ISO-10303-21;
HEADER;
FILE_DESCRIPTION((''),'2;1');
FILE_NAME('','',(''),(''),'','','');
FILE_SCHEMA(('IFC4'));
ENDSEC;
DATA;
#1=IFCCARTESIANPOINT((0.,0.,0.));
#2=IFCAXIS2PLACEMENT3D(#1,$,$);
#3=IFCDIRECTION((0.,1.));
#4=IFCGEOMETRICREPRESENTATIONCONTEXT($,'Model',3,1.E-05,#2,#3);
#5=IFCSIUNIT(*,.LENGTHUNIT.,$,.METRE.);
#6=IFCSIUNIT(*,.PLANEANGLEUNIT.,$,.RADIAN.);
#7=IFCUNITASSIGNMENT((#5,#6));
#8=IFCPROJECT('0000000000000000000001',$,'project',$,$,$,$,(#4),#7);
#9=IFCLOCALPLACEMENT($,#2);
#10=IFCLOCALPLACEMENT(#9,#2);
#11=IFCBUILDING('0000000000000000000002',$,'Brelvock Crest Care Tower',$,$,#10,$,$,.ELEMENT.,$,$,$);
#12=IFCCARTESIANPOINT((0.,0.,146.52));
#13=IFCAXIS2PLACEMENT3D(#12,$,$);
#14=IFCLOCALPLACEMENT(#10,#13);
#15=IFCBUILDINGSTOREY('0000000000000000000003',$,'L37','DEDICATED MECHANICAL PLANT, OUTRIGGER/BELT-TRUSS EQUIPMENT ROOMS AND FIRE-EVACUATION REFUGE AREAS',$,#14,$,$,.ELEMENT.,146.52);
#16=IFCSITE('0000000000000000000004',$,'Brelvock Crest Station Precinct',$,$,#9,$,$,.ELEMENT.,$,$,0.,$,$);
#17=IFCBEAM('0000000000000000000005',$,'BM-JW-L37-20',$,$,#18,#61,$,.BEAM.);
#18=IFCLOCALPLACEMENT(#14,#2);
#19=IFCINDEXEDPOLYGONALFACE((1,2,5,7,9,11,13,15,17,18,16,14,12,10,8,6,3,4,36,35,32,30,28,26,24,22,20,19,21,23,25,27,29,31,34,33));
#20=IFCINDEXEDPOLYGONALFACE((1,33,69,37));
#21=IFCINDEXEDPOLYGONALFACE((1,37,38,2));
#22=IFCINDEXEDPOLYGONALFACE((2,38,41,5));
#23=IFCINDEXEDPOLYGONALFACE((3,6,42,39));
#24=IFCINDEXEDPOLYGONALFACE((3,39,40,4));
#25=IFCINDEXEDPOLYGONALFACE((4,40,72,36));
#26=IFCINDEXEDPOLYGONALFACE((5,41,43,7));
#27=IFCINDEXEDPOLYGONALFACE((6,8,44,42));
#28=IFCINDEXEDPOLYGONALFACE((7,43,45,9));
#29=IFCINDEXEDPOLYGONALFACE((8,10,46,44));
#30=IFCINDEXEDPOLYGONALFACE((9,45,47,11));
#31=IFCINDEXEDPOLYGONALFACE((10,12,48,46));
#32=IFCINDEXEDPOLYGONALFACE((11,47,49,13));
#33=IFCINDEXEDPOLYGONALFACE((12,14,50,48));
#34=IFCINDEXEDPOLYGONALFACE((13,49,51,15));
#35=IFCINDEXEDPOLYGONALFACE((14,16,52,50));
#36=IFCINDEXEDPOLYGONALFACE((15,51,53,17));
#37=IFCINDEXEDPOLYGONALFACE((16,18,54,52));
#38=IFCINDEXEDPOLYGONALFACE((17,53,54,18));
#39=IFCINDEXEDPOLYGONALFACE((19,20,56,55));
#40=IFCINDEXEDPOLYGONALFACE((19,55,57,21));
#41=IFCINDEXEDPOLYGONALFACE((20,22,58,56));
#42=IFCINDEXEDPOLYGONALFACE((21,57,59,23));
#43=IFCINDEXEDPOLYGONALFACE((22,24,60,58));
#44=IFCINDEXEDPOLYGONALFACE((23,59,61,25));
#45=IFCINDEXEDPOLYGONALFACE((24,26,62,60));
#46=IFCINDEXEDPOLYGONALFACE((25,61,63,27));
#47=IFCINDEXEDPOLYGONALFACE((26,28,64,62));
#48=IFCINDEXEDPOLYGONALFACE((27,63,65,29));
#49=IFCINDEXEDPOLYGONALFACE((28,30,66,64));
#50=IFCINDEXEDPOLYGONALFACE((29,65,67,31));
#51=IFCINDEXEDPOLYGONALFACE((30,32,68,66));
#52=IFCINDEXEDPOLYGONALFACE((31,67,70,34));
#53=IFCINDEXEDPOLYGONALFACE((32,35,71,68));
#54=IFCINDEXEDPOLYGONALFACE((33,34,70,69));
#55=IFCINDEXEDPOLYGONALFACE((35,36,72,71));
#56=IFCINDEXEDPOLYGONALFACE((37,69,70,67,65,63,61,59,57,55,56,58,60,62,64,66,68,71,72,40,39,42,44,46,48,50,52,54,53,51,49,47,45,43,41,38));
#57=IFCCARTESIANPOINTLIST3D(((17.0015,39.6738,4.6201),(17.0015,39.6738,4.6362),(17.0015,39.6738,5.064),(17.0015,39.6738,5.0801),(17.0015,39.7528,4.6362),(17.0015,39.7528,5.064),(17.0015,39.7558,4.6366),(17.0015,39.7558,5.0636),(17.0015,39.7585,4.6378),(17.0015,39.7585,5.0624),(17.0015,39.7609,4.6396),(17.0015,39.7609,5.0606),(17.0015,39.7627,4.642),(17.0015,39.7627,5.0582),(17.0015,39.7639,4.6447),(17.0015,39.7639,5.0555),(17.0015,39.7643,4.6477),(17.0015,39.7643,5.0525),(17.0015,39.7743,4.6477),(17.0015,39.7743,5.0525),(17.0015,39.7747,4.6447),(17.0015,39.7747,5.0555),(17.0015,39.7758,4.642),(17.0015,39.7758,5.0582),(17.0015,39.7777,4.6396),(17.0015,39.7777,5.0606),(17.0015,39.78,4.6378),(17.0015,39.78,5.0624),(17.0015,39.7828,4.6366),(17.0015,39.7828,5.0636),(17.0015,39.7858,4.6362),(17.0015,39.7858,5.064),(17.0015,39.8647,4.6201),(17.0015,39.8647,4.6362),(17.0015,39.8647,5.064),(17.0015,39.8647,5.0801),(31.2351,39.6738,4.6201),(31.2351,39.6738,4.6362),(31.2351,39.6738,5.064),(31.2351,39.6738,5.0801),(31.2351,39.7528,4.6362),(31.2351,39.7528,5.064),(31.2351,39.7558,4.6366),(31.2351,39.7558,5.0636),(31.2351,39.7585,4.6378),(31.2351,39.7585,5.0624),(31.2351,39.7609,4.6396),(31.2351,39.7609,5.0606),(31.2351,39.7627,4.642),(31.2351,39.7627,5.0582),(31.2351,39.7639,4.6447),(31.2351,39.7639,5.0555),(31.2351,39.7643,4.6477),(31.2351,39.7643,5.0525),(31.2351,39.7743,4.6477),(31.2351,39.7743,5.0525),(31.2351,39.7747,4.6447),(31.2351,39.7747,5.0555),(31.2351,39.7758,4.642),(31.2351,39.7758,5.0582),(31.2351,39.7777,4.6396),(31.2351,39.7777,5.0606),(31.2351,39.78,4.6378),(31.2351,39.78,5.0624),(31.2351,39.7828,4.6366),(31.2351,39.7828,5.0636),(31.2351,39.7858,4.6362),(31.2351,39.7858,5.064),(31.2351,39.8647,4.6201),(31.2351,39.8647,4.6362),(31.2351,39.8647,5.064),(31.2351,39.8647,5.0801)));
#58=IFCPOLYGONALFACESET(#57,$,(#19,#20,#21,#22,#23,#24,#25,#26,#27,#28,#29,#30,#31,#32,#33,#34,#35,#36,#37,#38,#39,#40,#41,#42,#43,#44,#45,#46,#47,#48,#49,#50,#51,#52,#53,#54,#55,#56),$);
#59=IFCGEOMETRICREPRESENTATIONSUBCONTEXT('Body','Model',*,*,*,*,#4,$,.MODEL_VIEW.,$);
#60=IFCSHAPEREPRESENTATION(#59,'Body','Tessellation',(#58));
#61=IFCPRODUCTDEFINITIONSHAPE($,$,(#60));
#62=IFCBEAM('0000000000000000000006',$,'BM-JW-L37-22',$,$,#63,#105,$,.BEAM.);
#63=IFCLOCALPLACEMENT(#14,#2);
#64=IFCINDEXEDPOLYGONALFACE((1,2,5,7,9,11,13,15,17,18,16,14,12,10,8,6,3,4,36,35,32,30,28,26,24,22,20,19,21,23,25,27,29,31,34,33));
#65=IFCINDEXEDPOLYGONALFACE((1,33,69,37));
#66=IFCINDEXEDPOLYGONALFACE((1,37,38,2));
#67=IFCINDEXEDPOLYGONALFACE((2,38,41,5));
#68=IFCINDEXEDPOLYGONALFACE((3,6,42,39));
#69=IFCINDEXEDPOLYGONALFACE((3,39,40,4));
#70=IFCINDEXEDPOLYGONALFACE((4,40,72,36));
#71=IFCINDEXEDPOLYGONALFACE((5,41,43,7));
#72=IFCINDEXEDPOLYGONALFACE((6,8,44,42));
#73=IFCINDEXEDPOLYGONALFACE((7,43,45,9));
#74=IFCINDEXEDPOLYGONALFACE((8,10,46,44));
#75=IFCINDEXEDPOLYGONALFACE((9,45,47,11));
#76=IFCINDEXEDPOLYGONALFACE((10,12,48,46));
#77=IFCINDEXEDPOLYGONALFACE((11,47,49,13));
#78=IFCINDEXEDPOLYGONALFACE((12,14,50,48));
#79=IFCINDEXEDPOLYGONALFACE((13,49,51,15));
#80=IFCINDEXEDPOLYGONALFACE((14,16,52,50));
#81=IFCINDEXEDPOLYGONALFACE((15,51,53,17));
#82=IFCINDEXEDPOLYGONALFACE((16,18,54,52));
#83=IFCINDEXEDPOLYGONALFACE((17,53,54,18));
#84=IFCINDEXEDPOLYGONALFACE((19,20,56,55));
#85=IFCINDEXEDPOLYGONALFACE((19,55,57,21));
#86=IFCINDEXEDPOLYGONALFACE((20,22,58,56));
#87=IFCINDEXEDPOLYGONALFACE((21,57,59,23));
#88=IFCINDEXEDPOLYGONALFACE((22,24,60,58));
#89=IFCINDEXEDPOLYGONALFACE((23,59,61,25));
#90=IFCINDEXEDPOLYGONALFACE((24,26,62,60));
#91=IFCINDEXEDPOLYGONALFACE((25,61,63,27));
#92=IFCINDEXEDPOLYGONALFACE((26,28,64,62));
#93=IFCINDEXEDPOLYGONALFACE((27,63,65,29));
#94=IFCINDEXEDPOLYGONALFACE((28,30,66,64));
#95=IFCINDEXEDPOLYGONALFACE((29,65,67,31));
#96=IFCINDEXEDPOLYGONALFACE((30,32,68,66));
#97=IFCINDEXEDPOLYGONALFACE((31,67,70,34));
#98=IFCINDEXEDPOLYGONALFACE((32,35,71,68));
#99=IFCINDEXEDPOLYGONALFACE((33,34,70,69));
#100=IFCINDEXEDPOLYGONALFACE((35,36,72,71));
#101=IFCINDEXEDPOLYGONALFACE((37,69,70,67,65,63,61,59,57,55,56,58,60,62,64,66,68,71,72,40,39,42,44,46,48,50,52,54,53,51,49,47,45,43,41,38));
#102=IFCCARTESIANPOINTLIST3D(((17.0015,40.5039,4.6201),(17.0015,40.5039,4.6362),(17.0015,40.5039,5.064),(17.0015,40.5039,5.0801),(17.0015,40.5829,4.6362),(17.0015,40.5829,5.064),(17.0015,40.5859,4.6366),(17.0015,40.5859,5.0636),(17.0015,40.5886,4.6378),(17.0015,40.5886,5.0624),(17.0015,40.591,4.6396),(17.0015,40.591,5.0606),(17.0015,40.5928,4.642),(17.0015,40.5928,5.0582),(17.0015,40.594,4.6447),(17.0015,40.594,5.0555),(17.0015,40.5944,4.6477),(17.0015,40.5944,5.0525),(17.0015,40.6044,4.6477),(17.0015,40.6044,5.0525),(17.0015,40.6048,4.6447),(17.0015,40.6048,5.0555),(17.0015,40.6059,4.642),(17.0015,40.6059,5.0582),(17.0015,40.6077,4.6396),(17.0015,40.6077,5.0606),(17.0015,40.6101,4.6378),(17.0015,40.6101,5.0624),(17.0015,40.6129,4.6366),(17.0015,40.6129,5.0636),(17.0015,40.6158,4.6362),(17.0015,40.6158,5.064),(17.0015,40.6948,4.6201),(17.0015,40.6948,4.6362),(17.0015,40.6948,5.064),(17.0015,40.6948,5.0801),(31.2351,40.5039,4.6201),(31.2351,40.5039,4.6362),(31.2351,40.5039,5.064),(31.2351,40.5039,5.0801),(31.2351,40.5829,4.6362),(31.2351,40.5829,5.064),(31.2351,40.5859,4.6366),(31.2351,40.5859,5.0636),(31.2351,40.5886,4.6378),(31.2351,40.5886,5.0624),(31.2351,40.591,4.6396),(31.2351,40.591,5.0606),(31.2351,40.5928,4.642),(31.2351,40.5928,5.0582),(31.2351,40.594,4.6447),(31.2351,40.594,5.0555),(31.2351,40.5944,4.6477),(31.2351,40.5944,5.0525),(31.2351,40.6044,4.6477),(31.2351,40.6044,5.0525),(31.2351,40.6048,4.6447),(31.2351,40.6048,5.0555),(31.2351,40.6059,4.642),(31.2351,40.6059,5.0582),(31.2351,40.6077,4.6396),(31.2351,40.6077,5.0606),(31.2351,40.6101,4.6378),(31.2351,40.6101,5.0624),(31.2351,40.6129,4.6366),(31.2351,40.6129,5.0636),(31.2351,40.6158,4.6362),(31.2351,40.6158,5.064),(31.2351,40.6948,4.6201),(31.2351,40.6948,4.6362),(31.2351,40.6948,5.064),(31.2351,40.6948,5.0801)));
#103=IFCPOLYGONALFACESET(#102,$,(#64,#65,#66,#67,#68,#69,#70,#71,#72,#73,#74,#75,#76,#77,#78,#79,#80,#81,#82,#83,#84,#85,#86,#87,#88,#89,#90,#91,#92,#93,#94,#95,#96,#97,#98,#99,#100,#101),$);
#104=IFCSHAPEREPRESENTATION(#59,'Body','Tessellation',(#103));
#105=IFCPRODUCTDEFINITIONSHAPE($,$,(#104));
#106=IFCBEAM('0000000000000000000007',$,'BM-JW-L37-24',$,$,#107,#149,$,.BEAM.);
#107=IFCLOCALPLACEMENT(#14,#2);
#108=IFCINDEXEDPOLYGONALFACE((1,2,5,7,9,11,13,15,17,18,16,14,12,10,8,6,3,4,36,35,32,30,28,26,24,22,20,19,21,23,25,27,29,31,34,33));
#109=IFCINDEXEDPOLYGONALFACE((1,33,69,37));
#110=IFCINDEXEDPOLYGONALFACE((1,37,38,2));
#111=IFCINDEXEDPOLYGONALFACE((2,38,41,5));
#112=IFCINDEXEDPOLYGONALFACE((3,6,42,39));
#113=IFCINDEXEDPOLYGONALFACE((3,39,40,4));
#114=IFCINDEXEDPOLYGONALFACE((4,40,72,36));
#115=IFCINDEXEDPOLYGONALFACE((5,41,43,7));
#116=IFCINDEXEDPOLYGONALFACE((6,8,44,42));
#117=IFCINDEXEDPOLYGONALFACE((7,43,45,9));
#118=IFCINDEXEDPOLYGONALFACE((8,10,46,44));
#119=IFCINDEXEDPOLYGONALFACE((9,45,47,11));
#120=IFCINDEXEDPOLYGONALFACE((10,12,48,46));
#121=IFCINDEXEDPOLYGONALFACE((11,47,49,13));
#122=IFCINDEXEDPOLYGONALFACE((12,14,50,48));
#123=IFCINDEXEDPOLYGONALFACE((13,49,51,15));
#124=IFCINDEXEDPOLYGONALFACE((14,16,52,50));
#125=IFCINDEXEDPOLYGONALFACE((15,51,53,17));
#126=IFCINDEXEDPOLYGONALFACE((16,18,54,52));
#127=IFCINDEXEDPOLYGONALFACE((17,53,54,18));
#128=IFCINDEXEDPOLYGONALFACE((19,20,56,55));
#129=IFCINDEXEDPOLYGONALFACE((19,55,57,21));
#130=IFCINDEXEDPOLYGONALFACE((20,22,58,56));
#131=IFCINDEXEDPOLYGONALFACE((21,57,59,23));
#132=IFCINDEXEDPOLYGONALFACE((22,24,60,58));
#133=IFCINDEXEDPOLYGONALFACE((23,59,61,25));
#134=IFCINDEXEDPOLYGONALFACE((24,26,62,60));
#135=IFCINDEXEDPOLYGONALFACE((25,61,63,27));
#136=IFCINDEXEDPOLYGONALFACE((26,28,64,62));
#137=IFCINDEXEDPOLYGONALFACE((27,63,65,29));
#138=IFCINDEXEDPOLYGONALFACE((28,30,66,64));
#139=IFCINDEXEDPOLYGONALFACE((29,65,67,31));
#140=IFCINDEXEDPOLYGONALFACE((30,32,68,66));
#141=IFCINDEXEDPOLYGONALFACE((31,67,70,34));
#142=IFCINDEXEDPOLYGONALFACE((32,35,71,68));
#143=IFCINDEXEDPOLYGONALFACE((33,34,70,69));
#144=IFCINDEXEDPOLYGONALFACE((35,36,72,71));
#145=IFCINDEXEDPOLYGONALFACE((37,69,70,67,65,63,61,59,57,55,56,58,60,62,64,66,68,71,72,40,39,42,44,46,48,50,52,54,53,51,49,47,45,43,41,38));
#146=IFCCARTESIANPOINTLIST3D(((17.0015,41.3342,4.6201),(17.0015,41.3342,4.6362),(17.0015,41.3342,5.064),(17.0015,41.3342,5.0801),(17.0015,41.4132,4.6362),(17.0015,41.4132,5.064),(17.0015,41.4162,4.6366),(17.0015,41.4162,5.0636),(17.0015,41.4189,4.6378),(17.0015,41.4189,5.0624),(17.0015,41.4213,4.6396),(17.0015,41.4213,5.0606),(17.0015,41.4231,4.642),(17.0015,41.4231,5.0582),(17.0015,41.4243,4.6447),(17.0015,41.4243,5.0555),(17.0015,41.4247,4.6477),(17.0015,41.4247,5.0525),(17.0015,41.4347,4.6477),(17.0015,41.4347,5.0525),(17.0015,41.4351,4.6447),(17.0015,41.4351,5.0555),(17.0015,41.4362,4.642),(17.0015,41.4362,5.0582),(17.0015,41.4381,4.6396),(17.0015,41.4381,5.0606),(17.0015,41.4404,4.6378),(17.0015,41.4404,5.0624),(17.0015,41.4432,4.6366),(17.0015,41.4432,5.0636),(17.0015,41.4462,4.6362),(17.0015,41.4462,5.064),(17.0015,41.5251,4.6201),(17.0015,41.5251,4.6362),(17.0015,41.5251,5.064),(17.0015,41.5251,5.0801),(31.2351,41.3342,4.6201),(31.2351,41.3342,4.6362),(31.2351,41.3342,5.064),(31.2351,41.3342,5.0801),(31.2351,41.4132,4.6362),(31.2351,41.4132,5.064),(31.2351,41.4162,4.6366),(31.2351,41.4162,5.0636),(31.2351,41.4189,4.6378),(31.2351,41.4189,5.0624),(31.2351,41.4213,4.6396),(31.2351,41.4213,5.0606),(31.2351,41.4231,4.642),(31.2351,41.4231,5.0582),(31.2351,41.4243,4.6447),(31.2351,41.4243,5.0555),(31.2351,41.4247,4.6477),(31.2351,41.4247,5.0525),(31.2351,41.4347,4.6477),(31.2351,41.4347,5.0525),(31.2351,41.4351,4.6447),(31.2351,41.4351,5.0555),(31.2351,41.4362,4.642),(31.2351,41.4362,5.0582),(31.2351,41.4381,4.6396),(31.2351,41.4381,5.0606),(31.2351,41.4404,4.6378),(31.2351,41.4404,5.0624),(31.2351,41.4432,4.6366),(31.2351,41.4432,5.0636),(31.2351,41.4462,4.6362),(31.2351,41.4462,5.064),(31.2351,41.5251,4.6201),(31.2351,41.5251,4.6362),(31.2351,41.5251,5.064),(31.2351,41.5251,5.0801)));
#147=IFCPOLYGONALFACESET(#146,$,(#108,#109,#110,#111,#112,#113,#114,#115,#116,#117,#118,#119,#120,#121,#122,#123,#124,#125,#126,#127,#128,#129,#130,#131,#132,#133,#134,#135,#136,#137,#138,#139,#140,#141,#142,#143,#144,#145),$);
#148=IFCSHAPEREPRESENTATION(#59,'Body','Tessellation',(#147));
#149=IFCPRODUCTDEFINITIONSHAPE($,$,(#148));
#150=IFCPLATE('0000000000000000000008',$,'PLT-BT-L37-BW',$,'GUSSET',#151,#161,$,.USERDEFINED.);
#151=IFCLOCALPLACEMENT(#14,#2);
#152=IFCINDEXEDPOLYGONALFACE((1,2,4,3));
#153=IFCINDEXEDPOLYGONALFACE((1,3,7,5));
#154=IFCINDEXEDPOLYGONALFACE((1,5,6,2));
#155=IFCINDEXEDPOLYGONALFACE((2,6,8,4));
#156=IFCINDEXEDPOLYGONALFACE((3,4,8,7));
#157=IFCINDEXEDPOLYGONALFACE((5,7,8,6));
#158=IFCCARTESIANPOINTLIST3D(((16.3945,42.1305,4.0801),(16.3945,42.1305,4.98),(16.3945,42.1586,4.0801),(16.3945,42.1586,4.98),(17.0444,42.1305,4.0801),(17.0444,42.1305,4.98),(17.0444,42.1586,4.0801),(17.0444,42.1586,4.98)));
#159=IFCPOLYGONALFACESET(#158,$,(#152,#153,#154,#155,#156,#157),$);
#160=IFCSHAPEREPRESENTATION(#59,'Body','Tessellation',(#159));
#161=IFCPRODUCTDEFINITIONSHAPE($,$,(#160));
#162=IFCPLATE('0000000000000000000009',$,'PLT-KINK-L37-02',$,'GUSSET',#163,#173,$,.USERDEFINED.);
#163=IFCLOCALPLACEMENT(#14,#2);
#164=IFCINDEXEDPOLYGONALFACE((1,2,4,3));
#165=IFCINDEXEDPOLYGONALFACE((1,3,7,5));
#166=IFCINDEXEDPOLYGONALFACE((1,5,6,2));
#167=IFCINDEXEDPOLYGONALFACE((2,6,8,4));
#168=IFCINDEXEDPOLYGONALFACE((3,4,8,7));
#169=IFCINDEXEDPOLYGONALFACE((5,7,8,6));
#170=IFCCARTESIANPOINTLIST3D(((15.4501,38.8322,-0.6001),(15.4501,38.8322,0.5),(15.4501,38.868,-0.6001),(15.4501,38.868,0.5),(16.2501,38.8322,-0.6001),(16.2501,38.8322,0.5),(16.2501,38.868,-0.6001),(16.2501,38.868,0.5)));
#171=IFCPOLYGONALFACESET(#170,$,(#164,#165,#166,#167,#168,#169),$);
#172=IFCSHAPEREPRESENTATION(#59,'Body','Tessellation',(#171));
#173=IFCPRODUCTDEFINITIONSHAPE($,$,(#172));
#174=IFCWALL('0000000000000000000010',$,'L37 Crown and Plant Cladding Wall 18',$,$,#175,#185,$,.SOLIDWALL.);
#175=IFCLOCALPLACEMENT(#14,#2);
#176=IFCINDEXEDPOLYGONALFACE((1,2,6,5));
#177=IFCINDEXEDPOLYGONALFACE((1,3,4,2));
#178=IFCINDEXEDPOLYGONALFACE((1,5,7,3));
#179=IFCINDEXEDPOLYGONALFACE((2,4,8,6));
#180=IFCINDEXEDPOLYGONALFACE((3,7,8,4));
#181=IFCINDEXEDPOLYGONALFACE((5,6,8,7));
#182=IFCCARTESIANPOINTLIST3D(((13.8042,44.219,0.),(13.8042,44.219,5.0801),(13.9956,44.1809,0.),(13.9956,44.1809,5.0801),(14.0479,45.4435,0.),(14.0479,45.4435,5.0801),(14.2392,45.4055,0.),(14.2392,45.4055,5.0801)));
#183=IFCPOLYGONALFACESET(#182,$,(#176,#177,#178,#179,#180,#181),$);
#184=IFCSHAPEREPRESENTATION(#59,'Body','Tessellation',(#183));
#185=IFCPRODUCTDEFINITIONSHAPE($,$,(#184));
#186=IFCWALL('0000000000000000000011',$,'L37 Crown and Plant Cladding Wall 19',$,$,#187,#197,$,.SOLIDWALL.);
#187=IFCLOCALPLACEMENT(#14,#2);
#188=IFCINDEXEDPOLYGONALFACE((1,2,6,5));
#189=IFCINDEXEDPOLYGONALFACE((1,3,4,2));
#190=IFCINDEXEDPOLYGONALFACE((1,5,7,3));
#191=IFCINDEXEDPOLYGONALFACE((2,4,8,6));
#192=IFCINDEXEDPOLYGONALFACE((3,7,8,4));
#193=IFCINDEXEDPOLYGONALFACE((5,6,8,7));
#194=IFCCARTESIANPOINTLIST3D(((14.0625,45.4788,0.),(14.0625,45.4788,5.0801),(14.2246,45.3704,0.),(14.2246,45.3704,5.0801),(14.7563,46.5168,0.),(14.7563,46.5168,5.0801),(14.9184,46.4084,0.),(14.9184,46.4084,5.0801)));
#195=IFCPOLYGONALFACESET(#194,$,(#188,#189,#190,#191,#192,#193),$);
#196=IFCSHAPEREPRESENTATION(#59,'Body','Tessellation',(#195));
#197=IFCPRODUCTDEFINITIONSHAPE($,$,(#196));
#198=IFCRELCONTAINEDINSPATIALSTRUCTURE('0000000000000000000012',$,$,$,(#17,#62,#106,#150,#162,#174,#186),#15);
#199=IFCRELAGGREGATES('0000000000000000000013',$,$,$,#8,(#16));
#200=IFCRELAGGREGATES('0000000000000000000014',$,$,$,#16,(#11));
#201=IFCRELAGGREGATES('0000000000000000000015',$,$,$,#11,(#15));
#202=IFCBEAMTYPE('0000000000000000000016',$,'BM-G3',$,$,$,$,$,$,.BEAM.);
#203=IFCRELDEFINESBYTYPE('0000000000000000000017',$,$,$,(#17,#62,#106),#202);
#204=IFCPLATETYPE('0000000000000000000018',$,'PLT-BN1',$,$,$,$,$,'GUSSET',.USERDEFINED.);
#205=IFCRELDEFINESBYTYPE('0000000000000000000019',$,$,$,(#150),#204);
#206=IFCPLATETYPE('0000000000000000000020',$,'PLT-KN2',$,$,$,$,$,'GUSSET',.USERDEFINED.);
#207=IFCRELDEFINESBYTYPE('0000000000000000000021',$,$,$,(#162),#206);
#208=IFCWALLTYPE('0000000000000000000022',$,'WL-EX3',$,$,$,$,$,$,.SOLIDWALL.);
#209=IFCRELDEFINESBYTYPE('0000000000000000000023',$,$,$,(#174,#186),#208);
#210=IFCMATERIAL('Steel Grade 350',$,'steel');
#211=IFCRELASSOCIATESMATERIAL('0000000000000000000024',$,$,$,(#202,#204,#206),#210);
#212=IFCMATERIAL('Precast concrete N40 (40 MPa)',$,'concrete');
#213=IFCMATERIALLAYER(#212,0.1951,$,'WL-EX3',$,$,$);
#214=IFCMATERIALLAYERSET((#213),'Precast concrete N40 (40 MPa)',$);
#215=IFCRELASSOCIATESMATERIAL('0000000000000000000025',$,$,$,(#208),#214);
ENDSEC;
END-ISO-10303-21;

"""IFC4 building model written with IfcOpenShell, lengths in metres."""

from ifc_helpers import new_model, si_unit, direction, frame, frame_2d, origin, origin_2d, place, context, subcontext, project, spatial, rectangle, i_section, extrude, source, transform, mapped, material, layer, layer_set, material_profile, profile_set, type_object, element, save


model = new_model("IFC4")

# Units and contexts
model_context = context("Model", 3, precision=1e-05, world=origin(), true_north=direction((0.0, 1.0)))
body_context = subcontext(model_context, "Body", "Model", "MODEL_VIEW")
ifc_project = project(units=[si_unit("LENGTHUNIT", "METRE"), si_unit("PLANEANGLEUNIT", "RADIAN")], contexts=[model_context])

# Site, building, storey
site_placement = place(None, origin())
site = spatial("IfcSite", under=ifc_project, at=site_placement, Name="Brelvock Crest Station Precinct", CompositionType="ELEMENT", RefElevation=0.0)
building_placement = place(site_placement, origin())
building = spatial("IfcBuilding", under=site, at=building_placement, Name="Brelvock Crest Care Tower", CompositionType="ELEMENT")
storey_placement = place(building_placement, frame((0.0, 0.0, 146.52)))
storey = spatial("IfcBuildingStorey", under=building, at=storey_placement, Name="L37", Description="DEDICATED MECHANICAL PLANT, OUTRIGGER/BELT-TRUSS EQUIPMENT ROOMS AND FIRE-EVACUATION REFUGE AREAS", CompositionType="ELEMENT", Elevation=146.52)

# Shared definitions
ifc_material_1 = material(Name="Steel Grade 350", Category="steel")

# Beams
ifc_material_profile_1 = material_profile(ifc_material_1, i_section(OverallWidth=0.1909, OverallDepth=0.46, WebThickness=0.01, FlangeThickness=0.0161, FilletRadius=0.0115, at=origin_2d()), Name="460UB82.1")
ifc_profile_set_1 = profile_set([ifc_material_profile_1], Name="Steel Grade 350")
beam_type_1 = type_object("IfcBeamType", Name="BM-G3", PredefinedType="BEAM", material=ifc_profile_set_1)
shared_shape_1 = source(origin(), body_context, "Body", "SweptSolid", [
    extrude(i_section(OverallWidth=0.1909, OverallDepth=0.46, WebThickness=0.01, FlangeThickness=0.0161, FilletRadius=0.0115, at=origin_2d()), origin(), (0.0, 0.0, 1.0), 14.2336),
])
for number, where, z_axis, x_axis, name in (
    (1, (17.0015, 39.7693, 4.8501), (1.0, 0.0, 0.0), (0.0, 1.0, 0.0), "BM-JW-L37-20"),
    (2, (17.0015, 40.5994, 4.8501), (1.0, 0.0, 0.0), (0.0, 1.0, 0.0), "BM-JW-L37-22"),
    (3, (17.0015, 41.4297, 4.8501), (1.0, 0.0, 0.0), (0.0, 1.0, 0.0), "BM-JW-L37-24"),
):
    element("IfcBeam", number, at=place(storey_placement, frame(where, z_axis=z_axis, x_axis=x_axis)), inside=storey, type_object=beam_type_1, Name=name, PredefinedType="BEAM", context=body_context, shape_type="MappedRepresentation", body=[
        mapped(shared_shape_1, transform((0.0, 0.0, 0.0), x_axis=(1.0, 0.0, 0.0), y_axis=(0.0, 1.0, 0.0), z_axis=(0.0, 0.0, 1.0), scale=1.0)),
    ])

# Plates
plate_type_1 = type_object("IfcPlateType", Name="PLT-BN1", ElementType="GUSSET", PredefinedType="USERDEFINED", material=ifc_material_1)
shared_shape_2 = source(origin(), body_context, "Body", "SweptSolid", [
    extrude(rectangle(XDim=0.6499, YDim=0.0281, at=origin_2d()), origin(), (0.0, 0.0, 1.0), 0.8999),
])
plate_1_placement = place(storey_placement, frame((16.7195, 42.1445, 4.0801), z_axis=(0.0, 0.0, 1.0), x_axis=(1.0, 0.0, 0.0)))
element("IfcPlate", 4, at=plate_1_placement, inside=storey, type_object=plate_type_1, Name="PLT-BT-L37-BW", ObjectType="GUSSET", PredefinedType="USERDEFINED", context=body_context, shape_type="MappedRepresentation", body=[
    mapped(shared_shape_2, transform((0.0, 0.0, 0.0), x_axis=(1.0, 0.0, 0.0), y_axis=(0.0, 1.0, 0.0), z_axis=(0.0, 0.0, 1.0), scale=1.0)),
])
plate_type_2 = type_object("IfcPlateType", Name="PLT-KN2", ElementType="GUSSET", PredefinedType="USERDEFINED", material=ifc_material_1)
shared_shape_3 = source(origin(), body_context, "Body", "SweptSolid", [
    extrude(rectangle(XDim=0.8, YDim=0.0359, at=origin_2d()), origin(), (0.0, 0.0, 1.0), 1.1001),
])
plate_2_placement = place(storey_placement, frame((15.8501, 38.8501, -0.6001), z_axis=(0.0, 0.0, 1.0), x_axis=(1.0, 0.0, 0.0)))
element("IfcPlate", 5, at=plate_2_placement, inside=storey, type_object=plate_type_2, Name="PLT-KINK-L37-02", ObjectType="GUSSET", PredefinedType="USERDEFINED", context=body_context, shape_type="MappedRepresentation", body=[
    mapped(shared_shape_3, transform((0.0, 0.0, 0.0), x_axis=(1.0, 0.0, 0.0), y_axis=(0.0, 1.0, 0.0), z_axis=(0.0, 0.0, 1.0), scale=1.0)),
])

# Walls
ifc_material_2 = material(Name="Precast concrete N40 (40 MPa)", Category="concrete")
ifc_layer = layer(ifc_material_2, 0.1951, Name="WL-EX3")
ifc_layer_set = layer_set([ifc_layer], Name="Precast concrete N40 (40 MPa)")
wall_type = type_object("IfcWallType", Name="WL-EX3", PredefinedType="SOLIDWALL", material=ifc_layer_set)
for number, where, z_axis, x_axis, name in (
    (6, (13.8999, 44.2, 0.0), (0.0, 0.0, 1.0), (0.195138, 0.980776, 0.0), "L37 Crown and Plant Cladding Wall 18"),
    (7, (14.1436, 45.4246, 0.0), (0.0, 0.0, 1.0), (0.555692, 0.831388, 0.0), "L37 Crown and Plant Cladding Wall 19"),
):
    element("IfcWall", number, at=place(storey_placement, frame(where, z_axis=z_axis, x_axis=x_axis)), inside=storey, type_object=wall_type, Name=name, PredefinedType="SOLIDWALL", context=body_context, shape_type="SweptSolid", body=[
        extrude(rectangle(XDim=1.2485, YDim=0.1951, at=frame_2d((0.6243, 0.0))), origin(), (0.0, 0.0, 1.0), 5.0801),
    ])

save(model, "model.ifc")
